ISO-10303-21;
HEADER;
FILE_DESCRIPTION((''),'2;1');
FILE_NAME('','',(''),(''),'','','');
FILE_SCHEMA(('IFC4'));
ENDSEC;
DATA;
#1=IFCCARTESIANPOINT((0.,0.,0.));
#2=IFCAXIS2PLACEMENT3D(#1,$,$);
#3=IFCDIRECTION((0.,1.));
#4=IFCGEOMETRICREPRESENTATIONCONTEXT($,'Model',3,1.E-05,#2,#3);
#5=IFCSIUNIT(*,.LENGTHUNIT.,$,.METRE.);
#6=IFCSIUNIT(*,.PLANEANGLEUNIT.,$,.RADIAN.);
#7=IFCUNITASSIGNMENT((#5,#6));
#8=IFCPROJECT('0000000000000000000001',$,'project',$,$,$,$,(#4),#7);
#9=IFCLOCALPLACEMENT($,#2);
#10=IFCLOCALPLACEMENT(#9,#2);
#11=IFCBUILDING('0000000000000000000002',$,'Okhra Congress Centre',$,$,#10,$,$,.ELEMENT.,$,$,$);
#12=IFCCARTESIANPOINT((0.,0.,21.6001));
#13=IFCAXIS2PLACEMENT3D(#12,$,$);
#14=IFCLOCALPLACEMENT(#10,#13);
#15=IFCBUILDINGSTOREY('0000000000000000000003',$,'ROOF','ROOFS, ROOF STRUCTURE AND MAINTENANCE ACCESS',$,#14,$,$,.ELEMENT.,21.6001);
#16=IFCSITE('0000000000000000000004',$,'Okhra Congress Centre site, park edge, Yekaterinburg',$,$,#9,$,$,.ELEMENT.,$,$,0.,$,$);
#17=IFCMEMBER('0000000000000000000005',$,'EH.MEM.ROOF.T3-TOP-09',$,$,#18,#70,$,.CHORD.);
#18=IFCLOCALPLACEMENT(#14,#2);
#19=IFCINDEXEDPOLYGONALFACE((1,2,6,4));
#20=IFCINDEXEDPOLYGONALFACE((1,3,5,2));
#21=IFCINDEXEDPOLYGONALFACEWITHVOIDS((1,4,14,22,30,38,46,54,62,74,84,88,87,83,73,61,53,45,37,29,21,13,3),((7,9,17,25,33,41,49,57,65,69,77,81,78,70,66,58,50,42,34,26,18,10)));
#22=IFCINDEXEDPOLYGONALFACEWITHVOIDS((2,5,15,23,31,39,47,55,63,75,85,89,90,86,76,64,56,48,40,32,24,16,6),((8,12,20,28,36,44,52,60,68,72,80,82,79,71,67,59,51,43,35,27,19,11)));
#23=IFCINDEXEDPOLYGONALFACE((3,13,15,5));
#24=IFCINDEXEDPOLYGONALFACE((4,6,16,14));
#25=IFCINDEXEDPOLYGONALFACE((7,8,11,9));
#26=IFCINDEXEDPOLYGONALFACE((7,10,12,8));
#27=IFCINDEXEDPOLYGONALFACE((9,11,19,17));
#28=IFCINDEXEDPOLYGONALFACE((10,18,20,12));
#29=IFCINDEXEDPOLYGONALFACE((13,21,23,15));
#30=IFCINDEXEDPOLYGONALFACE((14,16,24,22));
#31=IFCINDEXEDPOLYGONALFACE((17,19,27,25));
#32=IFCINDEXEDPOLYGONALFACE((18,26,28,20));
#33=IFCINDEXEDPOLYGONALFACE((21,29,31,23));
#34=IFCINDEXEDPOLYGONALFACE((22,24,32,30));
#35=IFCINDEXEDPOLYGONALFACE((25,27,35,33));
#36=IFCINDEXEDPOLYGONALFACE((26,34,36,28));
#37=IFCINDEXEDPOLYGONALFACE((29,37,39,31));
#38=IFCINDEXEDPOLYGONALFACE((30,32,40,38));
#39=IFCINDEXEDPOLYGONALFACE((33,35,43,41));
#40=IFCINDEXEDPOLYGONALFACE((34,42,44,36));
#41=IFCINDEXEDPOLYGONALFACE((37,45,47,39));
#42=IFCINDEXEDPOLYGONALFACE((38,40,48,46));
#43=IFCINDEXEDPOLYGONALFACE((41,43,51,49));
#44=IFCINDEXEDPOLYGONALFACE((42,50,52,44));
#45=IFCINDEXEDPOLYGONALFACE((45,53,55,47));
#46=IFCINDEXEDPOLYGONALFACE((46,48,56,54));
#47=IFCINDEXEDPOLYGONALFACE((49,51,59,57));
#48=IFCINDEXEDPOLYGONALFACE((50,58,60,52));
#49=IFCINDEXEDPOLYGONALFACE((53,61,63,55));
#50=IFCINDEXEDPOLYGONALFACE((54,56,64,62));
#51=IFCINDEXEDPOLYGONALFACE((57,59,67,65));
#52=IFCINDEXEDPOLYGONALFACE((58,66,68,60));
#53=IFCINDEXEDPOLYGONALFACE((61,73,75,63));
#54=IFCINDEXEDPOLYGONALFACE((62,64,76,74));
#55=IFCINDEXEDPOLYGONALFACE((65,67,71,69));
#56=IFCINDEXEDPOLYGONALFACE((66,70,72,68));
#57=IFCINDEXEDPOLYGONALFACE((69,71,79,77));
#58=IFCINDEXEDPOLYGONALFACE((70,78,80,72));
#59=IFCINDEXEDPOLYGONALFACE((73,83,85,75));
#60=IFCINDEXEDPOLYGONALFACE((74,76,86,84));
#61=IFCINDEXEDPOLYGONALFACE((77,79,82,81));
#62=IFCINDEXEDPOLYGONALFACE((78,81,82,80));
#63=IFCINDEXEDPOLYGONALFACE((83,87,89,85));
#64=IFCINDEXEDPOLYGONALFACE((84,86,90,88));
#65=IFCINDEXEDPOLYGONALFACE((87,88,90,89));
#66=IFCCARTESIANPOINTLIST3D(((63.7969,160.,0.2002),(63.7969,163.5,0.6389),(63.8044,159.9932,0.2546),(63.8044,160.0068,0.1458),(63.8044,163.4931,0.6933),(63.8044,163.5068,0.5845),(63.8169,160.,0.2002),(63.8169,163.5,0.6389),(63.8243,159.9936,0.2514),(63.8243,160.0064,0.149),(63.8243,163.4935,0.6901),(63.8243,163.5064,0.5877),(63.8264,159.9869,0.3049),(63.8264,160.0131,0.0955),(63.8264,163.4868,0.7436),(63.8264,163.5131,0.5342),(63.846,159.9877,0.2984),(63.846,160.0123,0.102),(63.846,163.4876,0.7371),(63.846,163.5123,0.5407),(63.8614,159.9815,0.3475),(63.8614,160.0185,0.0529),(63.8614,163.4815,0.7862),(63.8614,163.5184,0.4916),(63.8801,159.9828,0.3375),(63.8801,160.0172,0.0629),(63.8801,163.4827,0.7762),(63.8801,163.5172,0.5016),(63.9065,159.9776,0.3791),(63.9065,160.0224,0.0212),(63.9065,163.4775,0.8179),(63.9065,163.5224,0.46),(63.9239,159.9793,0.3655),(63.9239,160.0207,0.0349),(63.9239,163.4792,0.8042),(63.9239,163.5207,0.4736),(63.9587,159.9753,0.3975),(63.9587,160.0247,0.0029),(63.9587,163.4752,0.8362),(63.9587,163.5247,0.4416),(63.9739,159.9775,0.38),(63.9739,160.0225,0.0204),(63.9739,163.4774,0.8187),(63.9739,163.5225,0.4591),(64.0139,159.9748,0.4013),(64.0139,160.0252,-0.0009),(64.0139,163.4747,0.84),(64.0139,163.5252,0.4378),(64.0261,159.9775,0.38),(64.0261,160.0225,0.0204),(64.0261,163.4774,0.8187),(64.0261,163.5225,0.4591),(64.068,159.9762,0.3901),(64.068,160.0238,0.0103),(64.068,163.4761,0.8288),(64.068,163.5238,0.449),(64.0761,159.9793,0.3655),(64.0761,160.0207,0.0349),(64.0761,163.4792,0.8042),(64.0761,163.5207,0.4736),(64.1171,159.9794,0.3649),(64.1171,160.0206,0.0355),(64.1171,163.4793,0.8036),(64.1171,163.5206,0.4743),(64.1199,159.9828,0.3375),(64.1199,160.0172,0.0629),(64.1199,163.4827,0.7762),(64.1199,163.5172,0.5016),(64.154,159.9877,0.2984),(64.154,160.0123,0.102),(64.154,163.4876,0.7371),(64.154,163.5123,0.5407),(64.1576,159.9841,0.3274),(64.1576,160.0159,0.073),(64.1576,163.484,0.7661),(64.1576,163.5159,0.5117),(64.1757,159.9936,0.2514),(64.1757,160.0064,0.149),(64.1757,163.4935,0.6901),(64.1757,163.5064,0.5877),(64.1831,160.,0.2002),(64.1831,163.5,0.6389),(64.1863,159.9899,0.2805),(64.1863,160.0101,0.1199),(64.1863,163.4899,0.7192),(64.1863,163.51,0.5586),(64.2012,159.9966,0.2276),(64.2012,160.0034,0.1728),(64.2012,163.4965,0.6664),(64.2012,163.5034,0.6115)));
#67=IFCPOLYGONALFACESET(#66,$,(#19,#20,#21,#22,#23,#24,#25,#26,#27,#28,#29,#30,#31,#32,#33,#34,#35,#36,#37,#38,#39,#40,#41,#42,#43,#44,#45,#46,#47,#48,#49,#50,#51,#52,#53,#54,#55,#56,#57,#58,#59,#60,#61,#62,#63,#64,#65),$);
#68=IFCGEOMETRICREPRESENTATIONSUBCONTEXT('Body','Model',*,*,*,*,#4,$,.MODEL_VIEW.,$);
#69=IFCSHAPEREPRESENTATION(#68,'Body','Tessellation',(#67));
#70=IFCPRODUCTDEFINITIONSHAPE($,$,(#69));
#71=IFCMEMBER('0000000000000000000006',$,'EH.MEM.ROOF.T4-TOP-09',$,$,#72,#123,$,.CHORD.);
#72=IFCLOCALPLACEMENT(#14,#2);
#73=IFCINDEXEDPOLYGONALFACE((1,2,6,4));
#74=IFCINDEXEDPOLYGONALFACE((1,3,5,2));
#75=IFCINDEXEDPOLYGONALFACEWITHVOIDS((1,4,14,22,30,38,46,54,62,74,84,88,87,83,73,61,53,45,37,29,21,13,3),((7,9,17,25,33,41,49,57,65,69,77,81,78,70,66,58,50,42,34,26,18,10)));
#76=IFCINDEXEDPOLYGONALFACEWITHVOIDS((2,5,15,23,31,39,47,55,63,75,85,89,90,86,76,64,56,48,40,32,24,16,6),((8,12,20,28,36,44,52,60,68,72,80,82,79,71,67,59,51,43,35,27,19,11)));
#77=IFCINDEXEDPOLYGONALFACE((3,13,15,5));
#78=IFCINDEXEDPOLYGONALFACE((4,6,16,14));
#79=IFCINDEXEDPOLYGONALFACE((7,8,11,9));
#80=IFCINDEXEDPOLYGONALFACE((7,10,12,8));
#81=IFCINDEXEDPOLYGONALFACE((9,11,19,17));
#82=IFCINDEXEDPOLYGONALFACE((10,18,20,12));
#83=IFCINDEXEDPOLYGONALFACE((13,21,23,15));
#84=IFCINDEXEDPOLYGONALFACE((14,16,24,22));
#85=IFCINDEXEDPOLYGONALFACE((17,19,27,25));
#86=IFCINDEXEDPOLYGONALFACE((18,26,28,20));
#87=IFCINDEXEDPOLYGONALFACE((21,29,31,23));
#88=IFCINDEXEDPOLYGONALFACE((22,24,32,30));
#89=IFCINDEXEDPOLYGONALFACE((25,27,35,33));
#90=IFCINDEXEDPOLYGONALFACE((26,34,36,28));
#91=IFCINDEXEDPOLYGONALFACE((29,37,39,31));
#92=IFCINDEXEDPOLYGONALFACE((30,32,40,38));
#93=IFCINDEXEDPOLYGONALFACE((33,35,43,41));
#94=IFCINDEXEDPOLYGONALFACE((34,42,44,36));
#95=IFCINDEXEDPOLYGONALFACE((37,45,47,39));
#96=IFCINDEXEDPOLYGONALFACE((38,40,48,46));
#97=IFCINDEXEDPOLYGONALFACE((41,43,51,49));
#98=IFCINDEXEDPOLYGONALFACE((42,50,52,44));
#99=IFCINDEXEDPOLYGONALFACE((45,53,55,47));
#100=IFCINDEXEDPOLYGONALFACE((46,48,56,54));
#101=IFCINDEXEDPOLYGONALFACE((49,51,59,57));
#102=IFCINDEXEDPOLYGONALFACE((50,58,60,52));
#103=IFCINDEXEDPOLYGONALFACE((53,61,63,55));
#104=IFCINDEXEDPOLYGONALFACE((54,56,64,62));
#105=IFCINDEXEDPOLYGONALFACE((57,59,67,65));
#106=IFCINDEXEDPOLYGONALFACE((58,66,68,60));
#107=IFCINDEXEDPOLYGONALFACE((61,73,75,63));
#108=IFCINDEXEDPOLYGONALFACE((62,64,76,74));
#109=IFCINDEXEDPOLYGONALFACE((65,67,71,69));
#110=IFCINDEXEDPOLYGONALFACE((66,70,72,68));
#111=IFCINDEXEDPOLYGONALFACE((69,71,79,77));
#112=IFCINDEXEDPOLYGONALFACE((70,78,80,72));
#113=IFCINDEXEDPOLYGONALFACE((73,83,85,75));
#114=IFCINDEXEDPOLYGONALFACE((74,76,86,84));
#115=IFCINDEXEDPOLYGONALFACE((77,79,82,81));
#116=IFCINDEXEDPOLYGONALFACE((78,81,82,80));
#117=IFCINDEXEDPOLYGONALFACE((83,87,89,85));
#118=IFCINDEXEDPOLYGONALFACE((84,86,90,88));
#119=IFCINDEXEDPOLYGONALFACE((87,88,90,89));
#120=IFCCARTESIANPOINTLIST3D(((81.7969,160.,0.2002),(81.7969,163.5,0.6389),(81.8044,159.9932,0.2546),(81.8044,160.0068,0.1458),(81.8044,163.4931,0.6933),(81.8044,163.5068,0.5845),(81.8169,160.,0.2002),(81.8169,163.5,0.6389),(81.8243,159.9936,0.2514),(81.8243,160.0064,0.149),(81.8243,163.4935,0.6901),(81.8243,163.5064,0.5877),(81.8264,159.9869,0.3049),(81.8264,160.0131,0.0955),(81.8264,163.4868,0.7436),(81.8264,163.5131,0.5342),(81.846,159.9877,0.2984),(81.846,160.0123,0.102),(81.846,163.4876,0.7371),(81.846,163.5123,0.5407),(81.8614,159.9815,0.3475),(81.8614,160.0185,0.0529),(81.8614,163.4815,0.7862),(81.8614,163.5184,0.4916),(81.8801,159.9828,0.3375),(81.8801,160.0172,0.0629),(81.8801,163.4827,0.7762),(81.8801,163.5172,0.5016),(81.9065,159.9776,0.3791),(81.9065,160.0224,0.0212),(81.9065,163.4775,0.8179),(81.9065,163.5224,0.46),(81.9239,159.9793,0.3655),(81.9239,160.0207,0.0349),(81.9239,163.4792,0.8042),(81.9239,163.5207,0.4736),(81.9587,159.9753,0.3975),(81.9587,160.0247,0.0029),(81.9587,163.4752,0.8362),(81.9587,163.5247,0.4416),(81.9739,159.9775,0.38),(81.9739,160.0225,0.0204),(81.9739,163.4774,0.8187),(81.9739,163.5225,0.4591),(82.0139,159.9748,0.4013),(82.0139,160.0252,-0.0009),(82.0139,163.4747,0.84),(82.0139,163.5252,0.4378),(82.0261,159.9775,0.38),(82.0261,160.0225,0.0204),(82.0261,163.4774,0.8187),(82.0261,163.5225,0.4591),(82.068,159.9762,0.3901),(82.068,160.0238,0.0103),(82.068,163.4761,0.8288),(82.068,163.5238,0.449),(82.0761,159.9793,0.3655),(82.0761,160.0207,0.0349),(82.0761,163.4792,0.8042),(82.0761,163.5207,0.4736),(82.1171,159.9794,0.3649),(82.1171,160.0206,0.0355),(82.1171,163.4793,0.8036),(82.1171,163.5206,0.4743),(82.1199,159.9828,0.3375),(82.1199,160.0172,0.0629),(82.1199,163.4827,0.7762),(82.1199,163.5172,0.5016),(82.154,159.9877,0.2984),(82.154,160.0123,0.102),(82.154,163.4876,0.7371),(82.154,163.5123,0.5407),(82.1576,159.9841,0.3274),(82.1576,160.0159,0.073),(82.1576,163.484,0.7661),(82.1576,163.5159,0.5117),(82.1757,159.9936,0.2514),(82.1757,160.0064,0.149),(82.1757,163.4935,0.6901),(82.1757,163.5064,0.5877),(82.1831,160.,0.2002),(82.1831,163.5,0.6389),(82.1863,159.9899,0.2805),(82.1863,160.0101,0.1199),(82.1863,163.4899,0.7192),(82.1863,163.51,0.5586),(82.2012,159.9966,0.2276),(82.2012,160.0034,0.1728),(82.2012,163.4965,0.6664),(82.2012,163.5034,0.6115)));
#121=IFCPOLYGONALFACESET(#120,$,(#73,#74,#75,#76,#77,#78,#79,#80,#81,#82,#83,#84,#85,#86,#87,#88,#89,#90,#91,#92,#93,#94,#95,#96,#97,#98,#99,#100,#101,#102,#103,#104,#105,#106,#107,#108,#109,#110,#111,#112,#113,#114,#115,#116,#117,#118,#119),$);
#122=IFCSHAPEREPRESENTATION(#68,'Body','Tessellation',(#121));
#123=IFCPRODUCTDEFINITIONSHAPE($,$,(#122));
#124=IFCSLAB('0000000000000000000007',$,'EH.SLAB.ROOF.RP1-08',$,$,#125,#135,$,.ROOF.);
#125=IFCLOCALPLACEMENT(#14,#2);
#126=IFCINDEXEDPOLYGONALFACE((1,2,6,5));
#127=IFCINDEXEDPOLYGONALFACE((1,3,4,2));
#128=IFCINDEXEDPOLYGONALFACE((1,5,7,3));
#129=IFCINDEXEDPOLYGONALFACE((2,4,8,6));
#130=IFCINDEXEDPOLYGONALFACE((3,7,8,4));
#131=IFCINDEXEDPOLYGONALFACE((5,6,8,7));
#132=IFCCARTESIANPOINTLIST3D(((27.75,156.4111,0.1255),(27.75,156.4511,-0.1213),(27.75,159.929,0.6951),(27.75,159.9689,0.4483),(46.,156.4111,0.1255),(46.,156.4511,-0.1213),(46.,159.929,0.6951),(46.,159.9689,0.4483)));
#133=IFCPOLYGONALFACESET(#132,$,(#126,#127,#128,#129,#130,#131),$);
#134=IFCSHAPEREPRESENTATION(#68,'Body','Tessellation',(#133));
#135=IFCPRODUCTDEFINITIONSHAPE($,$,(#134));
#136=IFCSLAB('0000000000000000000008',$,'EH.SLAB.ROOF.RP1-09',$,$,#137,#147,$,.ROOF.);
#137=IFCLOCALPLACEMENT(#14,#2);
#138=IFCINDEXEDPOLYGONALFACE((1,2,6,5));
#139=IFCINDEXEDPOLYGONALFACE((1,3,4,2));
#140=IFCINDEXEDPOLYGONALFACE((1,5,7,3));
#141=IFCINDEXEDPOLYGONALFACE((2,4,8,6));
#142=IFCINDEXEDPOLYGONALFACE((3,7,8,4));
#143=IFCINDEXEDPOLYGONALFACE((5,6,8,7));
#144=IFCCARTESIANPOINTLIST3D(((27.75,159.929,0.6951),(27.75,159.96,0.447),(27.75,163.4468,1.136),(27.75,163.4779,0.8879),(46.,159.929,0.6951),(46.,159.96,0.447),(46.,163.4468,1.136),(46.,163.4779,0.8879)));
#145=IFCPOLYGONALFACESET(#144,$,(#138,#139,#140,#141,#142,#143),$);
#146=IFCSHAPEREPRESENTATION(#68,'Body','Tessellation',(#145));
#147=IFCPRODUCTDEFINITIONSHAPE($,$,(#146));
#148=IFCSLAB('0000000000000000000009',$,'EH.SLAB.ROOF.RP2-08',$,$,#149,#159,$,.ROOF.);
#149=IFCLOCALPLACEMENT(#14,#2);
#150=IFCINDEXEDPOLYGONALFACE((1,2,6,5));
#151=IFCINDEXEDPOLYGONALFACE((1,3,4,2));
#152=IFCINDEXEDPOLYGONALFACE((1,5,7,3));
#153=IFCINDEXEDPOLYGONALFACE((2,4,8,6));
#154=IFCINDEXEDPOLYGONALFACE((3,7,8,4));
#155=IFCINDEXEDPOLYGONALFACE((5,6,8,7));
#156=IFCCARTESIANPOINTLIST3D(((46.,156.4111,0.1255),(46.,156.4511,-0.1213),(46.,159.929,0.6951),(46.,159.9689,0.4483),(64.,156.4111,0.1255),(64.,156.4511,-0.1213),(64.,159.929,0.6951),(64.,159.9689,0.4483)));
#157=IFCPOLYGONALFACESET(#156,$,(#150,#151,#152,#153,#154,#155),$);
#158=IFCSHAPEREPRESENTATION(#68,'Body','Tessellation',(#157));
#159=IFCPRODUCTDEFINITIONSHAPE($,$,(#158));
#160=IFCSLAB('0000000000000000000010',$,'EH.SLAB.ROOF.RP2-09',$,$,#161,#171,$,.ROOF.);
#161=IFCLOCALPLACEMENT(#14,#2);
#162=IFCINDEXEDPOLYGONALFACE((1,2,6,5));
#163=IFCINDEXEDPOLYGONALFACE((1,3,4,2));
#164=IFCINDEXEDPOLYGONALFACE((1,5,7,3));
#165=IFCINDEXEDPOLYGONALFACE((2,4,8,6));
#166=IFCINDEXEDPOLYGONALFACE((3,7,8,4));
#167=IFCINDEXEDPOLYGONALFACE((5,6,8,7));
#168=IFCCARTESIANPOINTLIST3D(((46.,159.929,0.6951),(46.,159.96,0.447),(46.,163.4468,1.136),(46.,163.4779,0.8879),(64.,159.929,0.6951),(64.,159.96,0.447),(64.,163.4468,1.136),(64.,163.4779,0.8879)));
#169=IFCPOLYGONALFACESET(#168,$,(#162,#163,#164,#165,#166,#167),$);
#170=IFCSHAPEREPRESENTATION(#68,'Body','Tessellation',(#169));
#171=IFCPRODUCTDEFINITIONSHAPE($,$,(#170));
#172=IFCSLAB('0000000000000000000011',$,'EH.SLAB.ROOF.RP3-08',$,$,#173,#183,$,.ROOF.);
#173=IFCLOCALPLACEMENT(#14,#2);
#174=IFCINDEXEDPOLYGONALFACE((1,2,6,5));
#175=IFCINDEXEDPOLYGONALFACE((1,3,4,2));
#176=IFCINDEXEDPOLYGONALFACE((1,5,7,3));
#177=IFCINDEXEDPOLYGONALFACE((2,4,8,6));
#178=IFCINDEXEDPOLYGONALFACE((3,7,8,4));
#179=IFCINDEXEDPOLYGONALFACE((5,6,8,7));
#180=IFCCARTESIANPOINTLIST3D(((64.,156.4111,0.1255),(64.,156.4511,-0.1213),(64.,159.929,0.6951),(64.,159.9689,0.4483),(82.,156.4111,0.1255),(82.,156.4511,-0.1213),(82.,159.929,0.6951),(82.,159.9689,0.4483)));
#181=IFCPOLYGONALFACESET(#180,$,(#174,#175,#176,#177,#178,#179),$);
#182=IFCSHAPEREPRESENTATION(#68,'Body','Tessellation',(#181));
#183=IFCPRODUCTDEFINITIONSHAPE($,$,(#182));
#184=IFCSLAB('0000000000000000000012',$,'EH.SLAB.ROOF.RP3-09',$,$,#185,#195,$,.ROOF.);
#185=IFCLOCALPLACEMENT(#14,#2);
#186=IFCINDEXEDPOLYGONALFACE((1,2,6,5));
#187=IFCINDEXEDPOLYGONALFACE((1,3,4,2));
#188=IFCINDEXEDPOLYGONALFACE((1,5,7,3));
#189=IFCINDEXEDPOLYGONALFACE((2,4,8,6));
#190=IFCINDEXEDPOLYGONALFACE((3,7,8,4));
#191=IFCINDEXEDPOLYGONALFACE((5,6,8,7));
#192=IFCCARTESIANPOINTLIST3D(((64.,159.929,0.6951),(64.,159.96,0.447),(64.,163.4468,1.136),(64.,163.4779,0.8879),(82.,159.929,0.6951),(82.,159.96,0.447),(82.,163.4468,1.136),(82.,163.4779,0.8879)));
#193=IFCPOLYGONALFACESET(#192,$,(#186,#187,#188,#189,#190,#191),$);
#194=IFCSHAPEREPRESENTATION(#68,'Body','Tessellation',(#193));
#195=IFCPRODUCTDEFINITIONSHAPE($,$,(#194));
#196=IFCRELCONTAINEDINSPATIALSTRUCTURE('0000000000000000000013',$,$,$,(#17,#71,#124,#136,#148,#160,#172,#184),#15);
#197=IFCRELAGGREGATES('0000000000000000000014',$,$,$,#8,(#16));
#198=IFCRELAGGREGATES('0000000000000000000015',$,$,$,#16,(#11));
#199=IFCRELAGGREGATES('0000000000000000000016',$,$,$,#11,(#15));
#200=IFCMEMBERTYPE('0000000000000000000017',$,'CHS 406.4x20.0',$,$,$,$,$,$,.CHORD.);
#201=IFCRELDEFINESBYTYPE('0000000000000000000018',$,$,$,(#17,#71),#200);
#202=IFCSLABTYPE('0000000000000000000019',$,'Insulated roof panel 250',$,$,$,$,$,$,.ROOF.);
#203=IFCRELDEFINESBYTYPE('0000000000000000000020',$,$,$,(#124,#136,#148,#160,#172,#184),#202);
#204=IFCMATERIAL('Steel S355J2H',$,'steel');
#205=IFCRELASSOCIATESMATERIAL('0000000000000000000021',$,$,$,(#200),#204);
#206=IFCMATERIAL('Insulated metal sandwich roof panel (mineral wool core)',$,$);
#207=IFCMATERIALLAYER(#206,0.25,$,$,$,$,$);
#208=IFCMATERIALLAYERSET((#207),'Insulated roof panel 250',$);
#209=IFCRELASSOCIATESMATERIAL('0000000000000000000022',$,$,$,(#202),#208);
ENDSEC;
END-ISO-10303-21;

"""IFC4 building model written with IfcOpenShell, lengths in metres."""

from ifc_helpers import new_model, si_unit, direction, frame, origin, origin_2d, place, context, subcontext, project, spatial, polyline, hollow_circle, outline, extrude, material, layer, layer_set, material_profile, profile_set, type_object, element, save


model = new_model("IFC4")

# Units and contexts
model_context = context("Model", 3, precision=1e-05, world=origin(), true_north=direction((0.0, 1.0)))
body_context = subcontext(model_context, "Body", "Model", "MODEL_VIEW")
ifc_project = project(units=[si_unit("LENGTHUNIT", "METRE"), si_unit("PLANEANGLEUNIT", "RADIAN")], contexts=[model_context])

# Site, building, storey
site_placement = place(None, origin())
site = spatial("IfcSite", under=ifc_project, at=site_placement, Name="Okhra Congress Centre site, park edge, Yekaterinburg", CompositionType="ELEMENT", RefElevation=0.0)
building_placement = place(site_placement, origin())
building = spatial("IfcBuilding", under=site, at=building_placement, Name="Okhra Congress Centre", CompositionType="ELEMENT")
storey_placement = place(building_placement, frame((0.0, 0.0, 21.6001)))
storey = spatial("IfcBuildingStorey", under=building, at=storey_placement, Name="ROOF", Description="ROOFS, ROOF STRUCTURE AND MAINTENANCE ACCESS", CompositionType="ELEMENT", Elevation=21.6001)

# Members
ifc_material_1 = material(Name="Steel S355J2H", Category="steel")
ifc_material_profile_1 = material_profile(ifc_material_1, hollow_circle(Radius=0.2031, WallThickness=0.02, at=origin_2d()), Name="CHS 406.4x20.0")
ifc_profile_set_1 = profile_set([ifc_material_profile_1], Name="Steel S355J2H")
member_type_1 = type_object("IfcMemberType", Name="CHS 406.4x20.0", PredefinedType="CHORD", material=ifc_profile_set_1)
for number, where, z_axis, x_axis, name in (
    (1, (64.0, 160.0, 0.2002), (0.0, 0.992235, 0.124375), (-1.0, 0.0, 0.0), "EH.MEM.ROOF.T3-TOP-09"),
    (2, (82.0, 160.0, 0.2002), (0.0, 0.992235, 0.124375), (-1.0, 0.0, 0.0), "EH.MEM.ROOF.T4-TOP-09"),
):
    element("IfcMember", number, at=place(storey_placement, frame(where, z_axis=z_axis, x_axis=x_axis)), inside=storey, type_object=member_type_1, Name=name, PredefinedType="CHORD", context=body_context, shape_type="SweptSolid", body=[
        extrude(hollow_circle(Radius=0.2031, WallThickness=0.02, at=origin_2d()), origin(), (0.0, 0.0, 1.0), 3.5273),
    ])

# Slabs
ifc_material_2 = material(Name="Insulated metal sandwich roof panel (mineral wool core)")
ifc_layer = layer(ifc_material_2, 0.25)
ifc_layer_set = layer_set([ifc_layer], Name="Insulated roof panel 250")
slab_type = type_object("IfcSlabType", Name="Insulated roof panel 250", PredefinedType="ROOF", material=ifc_layer_set)
slab_1_placement = place(storey_placement, frame((27.75, 156.4111, 0.1255), z_axis=(0.0, -0.159831, 0.987144), x_axis=(1.0, 0.0, 0.0)))
element("IfcSlab", 3, at=slab_1_placement, inside=storey, type_object=slab_type, Name="EH.SLAB.ROOF.RP1-08", PredefinedType="ROOF", context=body_context, shape_type="SweptSolid", body=[
    extrude(outline(polyline([(0.0, 0.0), (18.25, 0.0), (18.25, 3.5636), (0.0, 3.5636), (0.0, 0.0)])), origin(), (0.0, 0.0, -1.0), 0.25),
])
slab_2_placement = place(storey_placement, frame((27.75, 159.929, 0.6951), z_axis=(0.0, -0.124365, 0.992237), x_axis=(1.0, 0.0, 0.0)))
element("IfcSlab", 4, at=slab_2_placement, inside=storey, type_object=slab_type, Name="EH.SLAB.ROOF.RP1-09", PredefinedType="ROOF", context=body_context, shape_type="SweptSolid", body=[
    extrude(outline(polyline([(0.0, 0.0), (18.25, 0.0), (18.25, 3.5453), (0.0, 3.5453), (0.0, 0.0)])), origin(), (0.0, 0.0, -1.0), 0.25),
])
slab_3_placement = place(storey_placement, frame((46.0, 156.4111, 0.1255), z_axis=(0.0, -0.159831, 0.987144), x_axis=(1.0, 0.0, 0.0)))
element("IfcSlab", 5, at=slab_3_placement, inside=storey, type_object=slab_type, Name="EH.SLAB.ROOF.RP2-08", PredefinedType="ROOF", context=body_context, shape_type="SweptSolid", body=[
    extrude(outline(polyline([(0.0, 0.0), (18.0, 0.0), (18.0, 3.5636), (0.0, 3.5636), (0.0, 0.0)])), origin(), (0.0, 0.0, -1.0), 0.25),
])
slab_4_placement = place(storey_placement, frame((46.0, 159.929, 0.6951), z_axis=(0.0, -0.124365, 0.992237), x_axis=(1.0, 0.0, 0.0)))
element("IfcSlab", 6, at=slab_4_placement, inside=storey, type_object=slab_type, Name="EH.SLAB.ROOF.RP2-09", PredefinedType="ROOF", context=body_context, shape_type="SweptSolid", body=[
    extrude(outline(polyline([(0.0, 0.0), (18.0, 0.0), (18.0, 3.5453), (0.0, 3.5453), (0.0, 0.0)])), origin(), (0.0, 0.0, -1.0), 0.25),
])
slab_5_placement = place(storey_placement, frame((64.0, 156.4111, 0.1255), z_axis=(0.0, -0.159831, 0.987144), x_axis=(1.0, 0.0, 0.0)))
element("IfcSlab", 7, at=slab_5_placement, inside=storey, type_object=slab_type, Name="EH.SLAB.ROOF.RP3-08", PredefinedType="ROOF", context=body_context, shape_type="SweptSolid", body=[
    extrude(outline(polyline([(0.0, 0.0), (18.0, 0.0), (18.0, 3.5636), (0.0, 3.5636), (0.0, 0.0)])), origin(), (0.0, 0.0, -1.0), 0.25),
])
slab_6_placement = place(storey_placement, frame((64.0, 159.929, 0.6951), z_axis=(0.0, -0.124365, 0.992237), x_axis=(1.0, 0.0, 0.0)))
element("IfcSlab", 8, at=slab_6_placement, inside=storey, type_object=slab_type, Name="EH.SLAB.ROOF.RP3-09", PredefinedType="ROOF", context=body_context, shape_type="SweptSolid", body=[
    extrude(outline(polyline([(0.0, 0.0), (18.0, 0.0), (18.0, 3.5453), (0.0, 3.5453), (0.0, 0.0)])), origin(), (0.0, 0.0, -1.0), 0.25),
])

save(model, "model.ifc")
